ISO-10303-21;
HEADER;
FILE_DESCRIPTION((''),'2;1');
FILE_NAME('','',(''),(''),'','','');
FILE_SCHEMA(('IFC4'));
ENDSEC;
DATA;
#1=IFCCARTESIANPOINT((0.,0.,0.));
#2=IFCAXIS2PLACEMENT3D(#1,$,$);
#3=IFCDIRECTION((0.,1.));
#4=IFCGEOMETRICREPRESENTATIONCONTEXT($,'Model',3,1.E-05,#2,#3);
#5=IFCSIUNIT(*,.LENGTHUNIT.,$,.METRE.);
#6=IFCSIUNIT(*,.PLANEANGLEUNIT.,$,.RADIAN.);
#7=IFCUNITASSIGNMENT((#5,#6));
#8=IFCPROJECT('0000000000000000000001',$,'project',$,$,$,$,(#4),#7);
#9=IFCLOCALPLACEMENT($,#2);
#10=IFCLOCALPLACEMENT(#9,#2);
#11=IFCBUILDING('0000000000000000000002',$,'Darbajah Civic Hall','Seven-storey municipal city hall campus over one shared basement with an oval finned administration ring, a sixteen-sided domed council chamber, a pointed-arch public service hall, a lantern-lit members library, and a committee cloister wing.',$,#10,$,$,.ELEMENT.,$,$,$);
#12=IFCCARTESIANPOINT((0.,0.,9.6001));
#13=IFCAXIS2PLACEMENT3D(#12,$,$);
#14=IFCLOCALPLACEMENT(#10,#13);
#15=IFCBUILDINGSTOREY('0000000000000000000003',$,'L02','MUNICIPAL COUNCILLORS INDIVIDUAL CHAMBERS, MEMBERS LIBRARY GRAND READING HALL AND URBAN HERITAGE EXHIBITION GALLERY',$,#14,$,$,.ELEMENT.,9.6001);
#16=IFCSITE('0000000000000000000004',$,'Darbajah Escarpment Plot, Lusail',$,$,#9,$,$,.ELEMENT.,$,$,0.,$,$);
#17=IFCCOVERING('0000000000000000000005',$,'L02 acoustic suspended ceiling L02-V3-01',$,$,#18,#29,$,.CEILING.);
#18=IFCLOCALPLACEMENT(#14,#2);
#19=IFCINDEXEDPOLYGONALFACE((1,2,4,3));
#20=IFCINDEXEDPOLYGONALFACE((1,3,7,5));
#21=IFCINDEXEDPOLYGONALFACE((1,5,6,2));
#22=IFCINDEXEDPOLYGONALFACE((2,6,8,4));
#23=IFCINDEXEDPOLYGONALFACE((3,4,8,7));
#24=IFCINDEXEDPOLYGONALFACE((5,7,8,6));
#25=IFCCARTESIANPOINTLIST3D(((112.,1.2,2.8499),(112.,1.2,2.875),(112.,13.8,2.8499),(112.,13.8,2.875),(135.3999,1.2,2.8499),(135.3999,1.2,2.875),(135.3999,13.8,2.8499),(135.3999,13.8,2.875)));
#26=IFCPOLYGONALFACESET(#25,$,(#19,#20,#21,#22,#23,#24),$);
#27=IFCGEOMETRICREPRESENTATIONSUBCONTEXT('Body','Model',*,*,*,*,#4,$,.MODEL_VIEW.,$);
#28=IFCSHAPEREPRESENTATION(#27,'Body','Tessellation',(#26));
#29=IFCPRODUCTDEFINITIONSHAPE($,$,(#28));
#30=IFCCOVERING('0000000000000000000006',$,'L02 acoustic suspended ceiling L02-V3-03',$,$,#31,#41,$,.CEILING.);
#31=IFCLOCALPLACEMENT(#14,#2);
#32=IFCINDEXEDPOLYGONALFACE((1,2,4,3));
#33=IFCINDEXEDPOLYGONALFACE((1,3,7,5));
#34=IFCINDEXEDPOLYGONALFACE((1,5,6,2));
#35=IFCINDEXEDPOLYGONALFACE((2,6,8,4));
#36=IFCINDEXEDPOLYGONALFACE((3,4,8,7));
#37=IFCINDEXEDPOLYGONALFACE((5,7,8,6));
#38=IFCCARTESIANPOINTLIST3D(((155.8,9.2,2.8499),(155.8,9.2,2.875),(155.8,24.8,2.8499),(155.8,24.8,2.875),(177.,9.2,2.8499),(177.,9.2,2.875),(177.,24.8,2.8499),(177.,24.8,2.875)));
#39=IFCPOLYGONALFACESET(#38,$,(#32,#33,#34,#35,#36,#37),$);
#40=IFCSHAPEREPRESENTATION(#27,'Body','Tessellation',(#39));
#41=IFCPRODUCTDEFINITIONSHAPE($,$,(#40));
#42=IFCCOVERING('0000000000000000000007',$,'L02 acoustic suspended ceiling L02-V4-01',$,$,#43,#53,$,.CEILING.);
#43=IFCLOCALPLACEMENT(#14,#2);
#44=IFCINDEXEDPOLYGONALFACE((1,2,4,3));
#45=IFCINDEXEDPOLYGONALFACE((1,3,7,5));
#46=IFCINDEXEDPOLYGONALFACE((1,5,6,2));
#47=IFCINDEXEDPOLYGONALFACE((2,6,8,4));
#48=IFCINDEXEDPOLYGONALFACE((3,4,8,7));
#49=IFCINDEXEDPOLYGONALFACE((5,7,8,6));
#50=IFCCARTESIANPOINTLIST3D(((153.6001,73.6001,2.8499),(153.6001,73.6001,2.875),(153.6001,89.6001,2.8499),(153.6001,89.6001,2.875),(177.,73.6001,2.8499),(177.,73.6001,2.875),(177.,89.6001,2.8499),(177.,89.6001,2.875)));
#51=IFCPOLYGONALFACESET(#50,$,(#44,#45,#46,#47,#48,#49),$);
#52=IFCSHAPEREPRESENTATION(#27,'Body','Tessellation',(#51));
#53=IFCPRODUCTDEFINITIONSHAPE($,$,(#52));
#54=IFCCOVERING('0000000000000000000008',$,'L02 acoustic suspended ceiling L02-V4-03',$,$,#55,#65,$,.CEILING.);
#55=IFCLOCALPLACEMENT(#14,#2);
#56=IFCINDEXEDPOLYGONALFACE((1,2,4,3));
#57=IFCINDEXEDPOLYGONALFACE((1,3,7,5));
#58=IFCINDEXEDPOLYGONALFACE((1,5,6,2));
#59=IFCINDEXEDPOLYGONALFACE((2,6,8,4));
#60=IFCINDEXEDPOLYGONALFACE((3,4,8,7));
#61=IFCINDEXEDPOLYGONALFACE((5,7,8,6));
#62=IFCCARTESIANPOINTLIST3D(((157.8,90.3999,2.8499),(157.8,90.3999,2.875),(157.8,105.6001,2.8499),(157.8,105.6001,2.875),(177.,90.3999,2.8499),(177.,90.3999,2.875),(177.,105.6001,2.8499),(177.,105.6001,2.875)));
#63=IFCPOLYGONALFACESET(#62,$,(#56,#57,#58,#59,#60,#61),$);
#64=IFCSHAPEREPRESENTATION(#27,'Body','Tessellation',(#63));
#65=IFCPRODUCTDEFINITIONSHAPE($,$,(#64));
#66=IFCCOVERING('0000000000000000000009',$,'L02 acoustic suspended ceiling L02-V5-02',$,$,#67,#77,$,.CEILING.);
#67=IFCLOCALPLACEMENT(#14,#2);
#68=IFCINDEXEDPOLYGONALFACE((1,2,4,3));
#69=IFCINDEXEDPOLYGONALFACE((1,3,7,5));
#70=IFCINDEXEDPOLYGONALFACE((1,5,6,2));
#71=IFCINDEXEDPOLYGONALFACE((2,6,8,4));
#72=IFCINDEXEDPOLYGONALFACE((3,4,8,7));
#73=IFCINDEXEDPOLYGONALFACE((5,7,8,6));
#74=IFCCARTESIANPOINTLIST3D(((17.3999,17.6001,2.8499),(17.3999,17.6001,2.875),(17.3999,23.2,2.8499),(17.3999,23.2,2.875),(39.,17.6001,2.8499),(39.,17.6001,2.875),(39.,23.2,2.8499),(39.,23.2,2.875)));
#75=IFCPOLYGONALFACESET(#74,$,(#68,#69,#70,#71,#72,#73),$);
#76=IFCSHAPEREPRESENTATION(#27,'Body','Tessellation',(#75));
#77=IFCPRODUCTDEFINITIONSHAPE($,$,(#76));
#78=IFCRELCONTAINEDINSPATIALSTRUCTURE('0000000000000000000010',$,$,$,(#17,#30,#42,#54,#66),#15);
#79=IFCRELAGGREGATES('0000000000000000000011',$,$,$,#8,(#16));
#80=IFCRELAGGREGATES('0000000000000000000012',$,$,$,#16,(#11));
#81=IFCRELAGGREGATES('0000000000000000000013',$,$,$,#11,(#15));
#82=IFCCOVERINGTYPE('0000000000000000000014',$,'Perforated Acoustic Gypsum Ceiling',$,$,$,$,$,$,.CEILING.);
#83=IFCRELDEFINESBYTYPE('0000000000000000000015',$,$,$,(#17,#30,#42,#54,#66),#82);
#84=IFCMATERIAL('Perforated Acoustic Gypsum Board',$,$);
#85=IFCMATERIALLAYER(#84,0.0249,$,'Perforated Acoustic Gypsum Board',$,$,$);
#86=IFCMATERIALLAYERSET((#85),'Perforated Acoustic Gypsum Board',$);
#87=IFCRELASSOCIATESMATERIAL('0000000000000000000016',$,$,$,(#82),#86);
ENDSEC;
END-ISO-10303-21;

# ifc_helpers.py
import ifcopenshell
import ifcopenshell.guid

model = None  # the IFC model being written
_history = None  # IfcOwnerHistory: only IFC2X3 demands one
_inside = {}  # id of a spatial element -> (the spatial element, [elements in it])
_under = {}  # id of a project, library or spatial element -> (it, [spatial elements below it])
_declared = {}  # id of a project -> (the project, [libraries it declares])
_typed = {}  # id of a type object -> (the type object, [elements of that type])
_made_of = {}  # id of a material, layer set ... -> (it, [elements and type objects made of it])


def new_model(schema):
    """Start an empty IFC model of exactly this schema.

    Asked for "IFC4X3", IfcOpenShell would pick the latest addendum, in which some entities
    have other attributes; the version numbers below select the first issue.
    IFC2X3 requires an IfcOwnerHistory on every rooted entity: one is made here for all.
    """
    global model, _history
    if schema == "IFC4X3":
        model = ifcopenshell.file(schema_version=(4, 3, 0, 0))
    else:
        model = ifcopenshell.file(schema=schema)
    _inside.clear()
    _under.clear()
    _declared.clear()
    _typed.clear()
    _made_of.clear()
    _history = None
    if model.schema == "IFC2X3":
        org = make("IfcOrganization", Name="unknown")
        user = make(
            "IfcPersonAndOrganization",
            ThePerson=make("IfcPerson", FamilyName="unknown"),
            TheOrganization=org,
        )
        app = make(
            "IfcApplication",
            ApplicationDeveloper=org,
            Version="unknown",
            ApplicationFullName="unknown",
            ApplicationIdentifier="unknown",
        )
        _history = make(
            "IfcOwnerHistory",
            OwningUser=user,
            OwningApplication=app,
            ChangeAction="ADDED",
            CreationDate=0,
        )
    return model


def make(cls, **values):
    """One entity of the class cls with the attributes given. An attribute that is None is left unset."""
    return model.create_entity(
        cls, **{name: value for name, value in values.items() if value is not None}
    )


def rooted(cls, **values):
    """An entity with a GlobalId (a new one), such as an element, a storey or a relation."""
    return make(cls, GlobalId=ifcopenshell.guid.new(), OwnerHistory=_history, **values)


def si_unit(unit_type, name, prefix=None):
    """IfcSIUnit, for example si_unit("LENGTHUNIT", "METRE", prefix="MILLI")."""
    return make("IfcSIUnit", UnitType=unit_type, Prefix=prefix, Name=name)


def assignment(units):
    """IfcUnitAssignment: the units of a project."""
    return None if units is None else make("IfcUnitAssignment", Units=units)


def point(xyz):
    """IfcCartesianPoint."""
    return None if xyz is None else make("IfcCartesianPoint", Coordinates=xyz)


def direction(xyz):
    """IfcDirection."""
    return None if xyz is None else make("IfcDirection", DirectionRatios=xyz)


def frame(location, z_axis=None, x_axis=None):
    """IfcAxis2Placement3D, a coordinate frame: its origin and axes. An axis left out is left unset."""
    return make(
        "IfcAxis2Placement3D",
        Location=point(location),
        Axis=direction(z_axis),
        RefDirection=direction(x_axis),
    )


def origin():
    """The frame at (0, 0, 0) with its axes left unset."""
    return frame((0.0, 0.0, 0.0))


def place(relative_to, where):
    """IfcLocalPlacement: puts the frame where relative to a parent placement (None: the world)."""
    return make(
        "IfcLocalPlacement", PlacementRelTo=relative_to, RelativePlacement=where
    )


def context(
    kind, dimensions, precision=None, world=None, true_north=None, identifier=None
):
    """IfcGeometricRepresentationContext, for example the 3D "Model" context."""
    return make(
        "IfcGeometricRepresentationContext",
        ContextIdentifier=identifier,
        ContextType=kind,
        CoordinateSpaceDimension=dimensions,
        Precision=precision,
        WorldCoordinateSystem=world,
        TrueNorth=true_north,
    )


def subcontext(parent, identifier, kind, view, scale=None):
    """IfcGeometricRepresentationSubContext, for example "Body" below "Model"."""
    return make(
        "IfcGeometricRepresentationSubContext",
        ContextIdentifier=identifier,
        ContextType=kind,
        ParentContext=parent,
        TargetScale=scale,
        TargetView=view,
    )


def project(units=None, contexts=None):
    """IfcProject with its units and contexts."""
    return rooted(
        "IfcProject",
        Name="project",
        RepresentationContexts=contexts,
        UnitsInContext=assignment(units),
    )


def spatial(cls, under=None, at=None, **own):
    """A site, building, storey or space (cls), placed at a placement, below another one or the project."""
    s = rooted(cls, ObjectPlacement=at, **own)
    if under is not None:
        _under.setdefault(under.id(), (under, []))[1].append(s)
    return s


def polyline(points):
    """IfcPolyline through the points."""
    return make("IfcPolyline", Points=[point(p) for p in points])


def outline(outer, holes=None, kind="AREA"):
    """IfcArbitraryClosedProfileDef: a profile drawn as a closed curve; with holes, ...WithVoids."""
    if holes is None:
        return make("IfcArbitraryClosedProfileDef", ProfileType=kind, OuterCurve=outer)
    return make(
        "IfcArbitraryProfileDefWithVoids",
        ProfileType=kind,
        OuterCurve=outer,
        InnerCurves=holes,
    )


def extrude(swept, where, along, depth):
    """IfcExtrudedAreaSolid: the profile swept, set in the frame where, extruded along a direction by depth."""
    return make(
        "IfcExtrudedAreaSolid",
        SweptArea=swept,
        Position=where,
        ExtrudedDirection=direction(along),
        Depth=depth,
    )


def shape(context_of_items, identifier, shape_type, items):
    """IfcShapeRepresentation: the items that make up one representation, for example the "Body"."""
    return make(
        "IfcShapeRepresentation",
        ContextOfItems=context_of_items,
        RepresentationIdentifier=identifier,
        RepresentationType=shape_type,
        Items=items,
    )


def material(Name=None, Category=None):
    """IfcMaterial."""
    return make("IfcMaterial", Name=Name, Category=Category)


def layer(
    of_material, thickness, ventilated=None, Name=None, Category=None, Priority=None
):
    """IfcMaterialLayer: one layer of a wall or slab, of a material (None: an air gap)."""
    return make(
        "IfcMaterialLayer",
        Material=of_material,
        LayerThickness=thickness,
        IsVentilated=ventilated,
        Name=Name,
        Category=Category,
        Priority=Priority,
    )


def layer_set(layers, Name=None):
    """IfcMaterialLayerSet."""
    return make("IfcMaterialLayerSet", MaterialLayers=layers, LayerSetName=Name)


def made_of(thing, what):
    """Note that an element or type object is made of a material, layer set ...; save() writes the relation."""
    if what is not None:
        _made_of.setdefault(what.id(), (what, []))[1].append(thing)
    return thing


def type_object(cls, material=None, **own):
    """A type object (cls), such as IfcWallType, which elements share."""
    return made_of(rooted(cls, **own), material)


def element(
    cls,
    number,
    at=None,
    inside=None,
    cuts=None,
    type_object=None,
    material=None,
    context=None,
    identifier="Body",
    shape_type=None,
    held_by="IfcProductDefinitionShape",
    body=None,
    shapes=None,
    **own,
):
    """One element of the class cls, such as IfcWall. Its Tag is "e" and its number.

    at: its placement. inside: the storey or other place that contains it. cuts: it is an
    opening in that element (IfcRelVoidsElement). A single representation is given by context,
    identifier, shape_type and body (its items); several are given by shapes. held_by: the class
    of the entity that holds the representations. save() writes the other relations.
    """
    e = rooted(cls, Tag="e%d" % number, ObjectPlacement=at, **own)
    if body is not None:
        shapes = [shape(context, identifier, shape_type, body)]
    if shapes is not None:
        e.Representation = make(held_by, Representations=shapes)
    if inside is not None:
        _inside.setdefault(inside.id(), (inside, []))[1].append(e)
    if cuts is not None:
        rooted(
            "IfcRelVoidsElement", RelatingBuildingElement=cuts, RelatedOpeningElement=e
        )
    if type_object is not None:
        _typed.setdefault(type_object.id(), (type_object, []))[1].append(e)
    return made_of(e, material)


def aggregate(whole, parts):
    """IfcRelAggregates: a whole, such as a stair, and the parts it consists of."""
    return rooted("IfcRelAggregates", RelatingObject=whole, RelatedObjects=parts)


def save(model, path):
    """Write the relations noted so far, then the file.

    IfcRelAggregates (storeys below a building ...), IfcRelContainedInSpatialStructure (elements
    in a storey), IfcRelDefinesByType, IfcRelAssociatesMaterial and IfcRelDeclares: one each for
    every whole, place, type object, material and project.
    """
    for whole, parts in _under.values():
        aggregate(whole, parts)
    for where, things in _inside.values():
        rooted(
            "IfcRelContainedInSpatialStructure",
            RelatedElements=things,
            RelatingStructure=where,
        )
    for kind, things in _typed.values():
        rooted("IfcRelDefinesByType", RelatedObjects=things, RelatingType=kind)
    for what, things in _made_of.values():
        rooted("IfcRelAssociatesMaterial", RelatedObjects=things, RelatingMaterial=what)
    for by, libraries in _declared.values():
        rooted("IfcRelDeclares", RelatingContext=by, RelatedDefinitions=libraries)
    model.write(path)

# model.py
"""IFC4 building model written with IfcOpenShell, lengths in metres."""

from ifc_helpers import new_model, si_unit, direction, frame, origin, place, context, subcontext, project, spatial, polyline, outline, extrude, material, layer, layer_set, type_object, element, save


model = new_model("IFC4")

# Units and contexts
model_context = context("Model", 3, precision=1e-05, world=origin(), true_north=direction((0.0, 1.0)))
body_context = subcontext(model_context, "Body", "Model", "MODEL_VIEW")
ifc_project = project(units=[si_unit("LENGTHUNIT", "METRE"), si_unit("PLANEANGLEUNIT", "RADIAN")], contexts=[model_context])

# Site, building, storey
site_placement = place(None, origin())
site = spatial("IfcSite", under=ifc_project, at=site_placement, Name="Darbajah Escarpment Plot, Lusail", CompositionType="ELEMENT", RefElevation=0.0)
building_placement = place(site_placement, origin())
building = spatial("IfcBuilding", under=site, at=building_placement, Name="Darbajah Civic Hall", Description="Seven-storey municipal city hall campus over one shared basement with an oval finned administration ring, a sixteen-sided domed council chamber, a pointed-arch public service hall, a lantern-lit members library, and a committee cloister wing.", CompositionType="ELEMENT")
storey_placement = place(building_placement, frame((0.0, 0.0, 9.6001)))
storey = spatial("IfcBuildingStorey", under=building, at=storey_placement, Name="L02", Description="MUNICIPAL COUNCILLORS INDIVIDUAL CHAMBERS, MEMBERS LIBRARY GRAND READING HALL AND URBAN HERITAGE EXHIBITION GALLERY", CompositionType="ELEMENT", Elevation=9.6001)

# Coverings
ifc_material_1 = material(Name="Perforated Acoustic Gypsum Board")
ifc_layer_1 = layer(ifc_material_1, 0.0249, Name="Perforated Acoustic Gypsum Board")
ifc_layer_set_1 = layer_set([ifc_layer_1], Name="Perforated Acoustic Gypsum Board")
covering_type_1 = type_object("IfcCoveringType", Name="Perforated Acoustic Gypsum Ceiling", PredefinedType="CEILING", material=ifc_layer_set_1)
covering_1_placement = place(storey_placement, frame((0.0, 0.0, 2.8499)))
element("IfcCovering", 1, at=covering_1_placement, inside=storey, type_object=covering_type_1, Name="L02 acoustic suspended ceiling L02-V3-01", PredefinedType="CEILING", context=body_context, shape_type="SweptSolid", body=[
    extrude(outline(polyline([(112.0, 1.2), (135.3999, 1.2), (135.3999, 13.8), (112.0, 13.8), (112.0, 1.2)])), origin(), (0.0, 0.0, 1.0), 0.0251),
])
covering_2_placement = place(storey_placement, frame((0.0, 0.0, 2.8499)))
element("IfcCovering", 2, at=covering_2_placement, inside=storey, type_object=covering_type_1, Name="L02 acoustic suspended ceiling L02-V3-03", PredefinedType="CEILING", context=body_context, shape_type="SweptSolid", body=[
    extrude(outline(polyline([(155.8, 9.2), (177.0, 9.2), (177.0, 24.8), (155.8, 24.8), (155.8, 9.2)])), origin(), (0.0, 0.0, 1.0), 0.0251),
])
covering_3_placement = place(storey_placement, frame((0.0, 0.0, 2.8499)))
element("IfcCovering", 3, at=covering_3_placement, inside=storey, type_object=covering_type_1, Name="L02 acoustic suspended ceiling L02-V4-01", PredefinedType="CEILING", context=body_context, shape_type="SweptSolid", body=[
    extrude(outline(polyline([(153.6001, 73.6001), (177.0, 73.6001), (177.0, 89.6001), (153.6001, 89.6001), (153.6001, 73.6001)])), origin(), (0.0, 0.0, 1.0), 0.0251),
])
covering_4_placement = place(storey_placement, frame((0.0, 0.0, 2.8499)))
element("IfcCovering", 4, at=covering_4_placement, inside=storey, type_object=covering_type_1, Name="L02 acoustic suspended ceiling L02-V4-03", PredefinedType="CEILING", context=body_context, shape_type="SweptSolid", body=[
    extrude(outline(polyline([(157.8, 90.3999), (177.0, 90.3999), (177.0, 105.6001), (157.8, 105.6001), (157.8, 90.3999)])), origin(), (0.0, 0.0, 1.0), 0.0251),
])
covering_5_placement = place(storey_placement, frame((0.0, 0.0, 2.8499)))
element("IfcCovering", 5, at=covering_5_placement, inside=storey, type_object=covering_type_1, Name="L02 acoustic suspended ceiling L02-V5-02", PredefinedType="CEILING", context=body_context, shape_type="SweptSolid", body=[
    extrude(outline(polyline([(17.3999, 17.6001), (39.0, 17.6001), (39.0, 23.2), (17.3999, 23.2), (17.3999, 17.6001)])), origin(), (0.0, 0.0, 1.0), 0.0251),
])

save(model, "model.ifc")
